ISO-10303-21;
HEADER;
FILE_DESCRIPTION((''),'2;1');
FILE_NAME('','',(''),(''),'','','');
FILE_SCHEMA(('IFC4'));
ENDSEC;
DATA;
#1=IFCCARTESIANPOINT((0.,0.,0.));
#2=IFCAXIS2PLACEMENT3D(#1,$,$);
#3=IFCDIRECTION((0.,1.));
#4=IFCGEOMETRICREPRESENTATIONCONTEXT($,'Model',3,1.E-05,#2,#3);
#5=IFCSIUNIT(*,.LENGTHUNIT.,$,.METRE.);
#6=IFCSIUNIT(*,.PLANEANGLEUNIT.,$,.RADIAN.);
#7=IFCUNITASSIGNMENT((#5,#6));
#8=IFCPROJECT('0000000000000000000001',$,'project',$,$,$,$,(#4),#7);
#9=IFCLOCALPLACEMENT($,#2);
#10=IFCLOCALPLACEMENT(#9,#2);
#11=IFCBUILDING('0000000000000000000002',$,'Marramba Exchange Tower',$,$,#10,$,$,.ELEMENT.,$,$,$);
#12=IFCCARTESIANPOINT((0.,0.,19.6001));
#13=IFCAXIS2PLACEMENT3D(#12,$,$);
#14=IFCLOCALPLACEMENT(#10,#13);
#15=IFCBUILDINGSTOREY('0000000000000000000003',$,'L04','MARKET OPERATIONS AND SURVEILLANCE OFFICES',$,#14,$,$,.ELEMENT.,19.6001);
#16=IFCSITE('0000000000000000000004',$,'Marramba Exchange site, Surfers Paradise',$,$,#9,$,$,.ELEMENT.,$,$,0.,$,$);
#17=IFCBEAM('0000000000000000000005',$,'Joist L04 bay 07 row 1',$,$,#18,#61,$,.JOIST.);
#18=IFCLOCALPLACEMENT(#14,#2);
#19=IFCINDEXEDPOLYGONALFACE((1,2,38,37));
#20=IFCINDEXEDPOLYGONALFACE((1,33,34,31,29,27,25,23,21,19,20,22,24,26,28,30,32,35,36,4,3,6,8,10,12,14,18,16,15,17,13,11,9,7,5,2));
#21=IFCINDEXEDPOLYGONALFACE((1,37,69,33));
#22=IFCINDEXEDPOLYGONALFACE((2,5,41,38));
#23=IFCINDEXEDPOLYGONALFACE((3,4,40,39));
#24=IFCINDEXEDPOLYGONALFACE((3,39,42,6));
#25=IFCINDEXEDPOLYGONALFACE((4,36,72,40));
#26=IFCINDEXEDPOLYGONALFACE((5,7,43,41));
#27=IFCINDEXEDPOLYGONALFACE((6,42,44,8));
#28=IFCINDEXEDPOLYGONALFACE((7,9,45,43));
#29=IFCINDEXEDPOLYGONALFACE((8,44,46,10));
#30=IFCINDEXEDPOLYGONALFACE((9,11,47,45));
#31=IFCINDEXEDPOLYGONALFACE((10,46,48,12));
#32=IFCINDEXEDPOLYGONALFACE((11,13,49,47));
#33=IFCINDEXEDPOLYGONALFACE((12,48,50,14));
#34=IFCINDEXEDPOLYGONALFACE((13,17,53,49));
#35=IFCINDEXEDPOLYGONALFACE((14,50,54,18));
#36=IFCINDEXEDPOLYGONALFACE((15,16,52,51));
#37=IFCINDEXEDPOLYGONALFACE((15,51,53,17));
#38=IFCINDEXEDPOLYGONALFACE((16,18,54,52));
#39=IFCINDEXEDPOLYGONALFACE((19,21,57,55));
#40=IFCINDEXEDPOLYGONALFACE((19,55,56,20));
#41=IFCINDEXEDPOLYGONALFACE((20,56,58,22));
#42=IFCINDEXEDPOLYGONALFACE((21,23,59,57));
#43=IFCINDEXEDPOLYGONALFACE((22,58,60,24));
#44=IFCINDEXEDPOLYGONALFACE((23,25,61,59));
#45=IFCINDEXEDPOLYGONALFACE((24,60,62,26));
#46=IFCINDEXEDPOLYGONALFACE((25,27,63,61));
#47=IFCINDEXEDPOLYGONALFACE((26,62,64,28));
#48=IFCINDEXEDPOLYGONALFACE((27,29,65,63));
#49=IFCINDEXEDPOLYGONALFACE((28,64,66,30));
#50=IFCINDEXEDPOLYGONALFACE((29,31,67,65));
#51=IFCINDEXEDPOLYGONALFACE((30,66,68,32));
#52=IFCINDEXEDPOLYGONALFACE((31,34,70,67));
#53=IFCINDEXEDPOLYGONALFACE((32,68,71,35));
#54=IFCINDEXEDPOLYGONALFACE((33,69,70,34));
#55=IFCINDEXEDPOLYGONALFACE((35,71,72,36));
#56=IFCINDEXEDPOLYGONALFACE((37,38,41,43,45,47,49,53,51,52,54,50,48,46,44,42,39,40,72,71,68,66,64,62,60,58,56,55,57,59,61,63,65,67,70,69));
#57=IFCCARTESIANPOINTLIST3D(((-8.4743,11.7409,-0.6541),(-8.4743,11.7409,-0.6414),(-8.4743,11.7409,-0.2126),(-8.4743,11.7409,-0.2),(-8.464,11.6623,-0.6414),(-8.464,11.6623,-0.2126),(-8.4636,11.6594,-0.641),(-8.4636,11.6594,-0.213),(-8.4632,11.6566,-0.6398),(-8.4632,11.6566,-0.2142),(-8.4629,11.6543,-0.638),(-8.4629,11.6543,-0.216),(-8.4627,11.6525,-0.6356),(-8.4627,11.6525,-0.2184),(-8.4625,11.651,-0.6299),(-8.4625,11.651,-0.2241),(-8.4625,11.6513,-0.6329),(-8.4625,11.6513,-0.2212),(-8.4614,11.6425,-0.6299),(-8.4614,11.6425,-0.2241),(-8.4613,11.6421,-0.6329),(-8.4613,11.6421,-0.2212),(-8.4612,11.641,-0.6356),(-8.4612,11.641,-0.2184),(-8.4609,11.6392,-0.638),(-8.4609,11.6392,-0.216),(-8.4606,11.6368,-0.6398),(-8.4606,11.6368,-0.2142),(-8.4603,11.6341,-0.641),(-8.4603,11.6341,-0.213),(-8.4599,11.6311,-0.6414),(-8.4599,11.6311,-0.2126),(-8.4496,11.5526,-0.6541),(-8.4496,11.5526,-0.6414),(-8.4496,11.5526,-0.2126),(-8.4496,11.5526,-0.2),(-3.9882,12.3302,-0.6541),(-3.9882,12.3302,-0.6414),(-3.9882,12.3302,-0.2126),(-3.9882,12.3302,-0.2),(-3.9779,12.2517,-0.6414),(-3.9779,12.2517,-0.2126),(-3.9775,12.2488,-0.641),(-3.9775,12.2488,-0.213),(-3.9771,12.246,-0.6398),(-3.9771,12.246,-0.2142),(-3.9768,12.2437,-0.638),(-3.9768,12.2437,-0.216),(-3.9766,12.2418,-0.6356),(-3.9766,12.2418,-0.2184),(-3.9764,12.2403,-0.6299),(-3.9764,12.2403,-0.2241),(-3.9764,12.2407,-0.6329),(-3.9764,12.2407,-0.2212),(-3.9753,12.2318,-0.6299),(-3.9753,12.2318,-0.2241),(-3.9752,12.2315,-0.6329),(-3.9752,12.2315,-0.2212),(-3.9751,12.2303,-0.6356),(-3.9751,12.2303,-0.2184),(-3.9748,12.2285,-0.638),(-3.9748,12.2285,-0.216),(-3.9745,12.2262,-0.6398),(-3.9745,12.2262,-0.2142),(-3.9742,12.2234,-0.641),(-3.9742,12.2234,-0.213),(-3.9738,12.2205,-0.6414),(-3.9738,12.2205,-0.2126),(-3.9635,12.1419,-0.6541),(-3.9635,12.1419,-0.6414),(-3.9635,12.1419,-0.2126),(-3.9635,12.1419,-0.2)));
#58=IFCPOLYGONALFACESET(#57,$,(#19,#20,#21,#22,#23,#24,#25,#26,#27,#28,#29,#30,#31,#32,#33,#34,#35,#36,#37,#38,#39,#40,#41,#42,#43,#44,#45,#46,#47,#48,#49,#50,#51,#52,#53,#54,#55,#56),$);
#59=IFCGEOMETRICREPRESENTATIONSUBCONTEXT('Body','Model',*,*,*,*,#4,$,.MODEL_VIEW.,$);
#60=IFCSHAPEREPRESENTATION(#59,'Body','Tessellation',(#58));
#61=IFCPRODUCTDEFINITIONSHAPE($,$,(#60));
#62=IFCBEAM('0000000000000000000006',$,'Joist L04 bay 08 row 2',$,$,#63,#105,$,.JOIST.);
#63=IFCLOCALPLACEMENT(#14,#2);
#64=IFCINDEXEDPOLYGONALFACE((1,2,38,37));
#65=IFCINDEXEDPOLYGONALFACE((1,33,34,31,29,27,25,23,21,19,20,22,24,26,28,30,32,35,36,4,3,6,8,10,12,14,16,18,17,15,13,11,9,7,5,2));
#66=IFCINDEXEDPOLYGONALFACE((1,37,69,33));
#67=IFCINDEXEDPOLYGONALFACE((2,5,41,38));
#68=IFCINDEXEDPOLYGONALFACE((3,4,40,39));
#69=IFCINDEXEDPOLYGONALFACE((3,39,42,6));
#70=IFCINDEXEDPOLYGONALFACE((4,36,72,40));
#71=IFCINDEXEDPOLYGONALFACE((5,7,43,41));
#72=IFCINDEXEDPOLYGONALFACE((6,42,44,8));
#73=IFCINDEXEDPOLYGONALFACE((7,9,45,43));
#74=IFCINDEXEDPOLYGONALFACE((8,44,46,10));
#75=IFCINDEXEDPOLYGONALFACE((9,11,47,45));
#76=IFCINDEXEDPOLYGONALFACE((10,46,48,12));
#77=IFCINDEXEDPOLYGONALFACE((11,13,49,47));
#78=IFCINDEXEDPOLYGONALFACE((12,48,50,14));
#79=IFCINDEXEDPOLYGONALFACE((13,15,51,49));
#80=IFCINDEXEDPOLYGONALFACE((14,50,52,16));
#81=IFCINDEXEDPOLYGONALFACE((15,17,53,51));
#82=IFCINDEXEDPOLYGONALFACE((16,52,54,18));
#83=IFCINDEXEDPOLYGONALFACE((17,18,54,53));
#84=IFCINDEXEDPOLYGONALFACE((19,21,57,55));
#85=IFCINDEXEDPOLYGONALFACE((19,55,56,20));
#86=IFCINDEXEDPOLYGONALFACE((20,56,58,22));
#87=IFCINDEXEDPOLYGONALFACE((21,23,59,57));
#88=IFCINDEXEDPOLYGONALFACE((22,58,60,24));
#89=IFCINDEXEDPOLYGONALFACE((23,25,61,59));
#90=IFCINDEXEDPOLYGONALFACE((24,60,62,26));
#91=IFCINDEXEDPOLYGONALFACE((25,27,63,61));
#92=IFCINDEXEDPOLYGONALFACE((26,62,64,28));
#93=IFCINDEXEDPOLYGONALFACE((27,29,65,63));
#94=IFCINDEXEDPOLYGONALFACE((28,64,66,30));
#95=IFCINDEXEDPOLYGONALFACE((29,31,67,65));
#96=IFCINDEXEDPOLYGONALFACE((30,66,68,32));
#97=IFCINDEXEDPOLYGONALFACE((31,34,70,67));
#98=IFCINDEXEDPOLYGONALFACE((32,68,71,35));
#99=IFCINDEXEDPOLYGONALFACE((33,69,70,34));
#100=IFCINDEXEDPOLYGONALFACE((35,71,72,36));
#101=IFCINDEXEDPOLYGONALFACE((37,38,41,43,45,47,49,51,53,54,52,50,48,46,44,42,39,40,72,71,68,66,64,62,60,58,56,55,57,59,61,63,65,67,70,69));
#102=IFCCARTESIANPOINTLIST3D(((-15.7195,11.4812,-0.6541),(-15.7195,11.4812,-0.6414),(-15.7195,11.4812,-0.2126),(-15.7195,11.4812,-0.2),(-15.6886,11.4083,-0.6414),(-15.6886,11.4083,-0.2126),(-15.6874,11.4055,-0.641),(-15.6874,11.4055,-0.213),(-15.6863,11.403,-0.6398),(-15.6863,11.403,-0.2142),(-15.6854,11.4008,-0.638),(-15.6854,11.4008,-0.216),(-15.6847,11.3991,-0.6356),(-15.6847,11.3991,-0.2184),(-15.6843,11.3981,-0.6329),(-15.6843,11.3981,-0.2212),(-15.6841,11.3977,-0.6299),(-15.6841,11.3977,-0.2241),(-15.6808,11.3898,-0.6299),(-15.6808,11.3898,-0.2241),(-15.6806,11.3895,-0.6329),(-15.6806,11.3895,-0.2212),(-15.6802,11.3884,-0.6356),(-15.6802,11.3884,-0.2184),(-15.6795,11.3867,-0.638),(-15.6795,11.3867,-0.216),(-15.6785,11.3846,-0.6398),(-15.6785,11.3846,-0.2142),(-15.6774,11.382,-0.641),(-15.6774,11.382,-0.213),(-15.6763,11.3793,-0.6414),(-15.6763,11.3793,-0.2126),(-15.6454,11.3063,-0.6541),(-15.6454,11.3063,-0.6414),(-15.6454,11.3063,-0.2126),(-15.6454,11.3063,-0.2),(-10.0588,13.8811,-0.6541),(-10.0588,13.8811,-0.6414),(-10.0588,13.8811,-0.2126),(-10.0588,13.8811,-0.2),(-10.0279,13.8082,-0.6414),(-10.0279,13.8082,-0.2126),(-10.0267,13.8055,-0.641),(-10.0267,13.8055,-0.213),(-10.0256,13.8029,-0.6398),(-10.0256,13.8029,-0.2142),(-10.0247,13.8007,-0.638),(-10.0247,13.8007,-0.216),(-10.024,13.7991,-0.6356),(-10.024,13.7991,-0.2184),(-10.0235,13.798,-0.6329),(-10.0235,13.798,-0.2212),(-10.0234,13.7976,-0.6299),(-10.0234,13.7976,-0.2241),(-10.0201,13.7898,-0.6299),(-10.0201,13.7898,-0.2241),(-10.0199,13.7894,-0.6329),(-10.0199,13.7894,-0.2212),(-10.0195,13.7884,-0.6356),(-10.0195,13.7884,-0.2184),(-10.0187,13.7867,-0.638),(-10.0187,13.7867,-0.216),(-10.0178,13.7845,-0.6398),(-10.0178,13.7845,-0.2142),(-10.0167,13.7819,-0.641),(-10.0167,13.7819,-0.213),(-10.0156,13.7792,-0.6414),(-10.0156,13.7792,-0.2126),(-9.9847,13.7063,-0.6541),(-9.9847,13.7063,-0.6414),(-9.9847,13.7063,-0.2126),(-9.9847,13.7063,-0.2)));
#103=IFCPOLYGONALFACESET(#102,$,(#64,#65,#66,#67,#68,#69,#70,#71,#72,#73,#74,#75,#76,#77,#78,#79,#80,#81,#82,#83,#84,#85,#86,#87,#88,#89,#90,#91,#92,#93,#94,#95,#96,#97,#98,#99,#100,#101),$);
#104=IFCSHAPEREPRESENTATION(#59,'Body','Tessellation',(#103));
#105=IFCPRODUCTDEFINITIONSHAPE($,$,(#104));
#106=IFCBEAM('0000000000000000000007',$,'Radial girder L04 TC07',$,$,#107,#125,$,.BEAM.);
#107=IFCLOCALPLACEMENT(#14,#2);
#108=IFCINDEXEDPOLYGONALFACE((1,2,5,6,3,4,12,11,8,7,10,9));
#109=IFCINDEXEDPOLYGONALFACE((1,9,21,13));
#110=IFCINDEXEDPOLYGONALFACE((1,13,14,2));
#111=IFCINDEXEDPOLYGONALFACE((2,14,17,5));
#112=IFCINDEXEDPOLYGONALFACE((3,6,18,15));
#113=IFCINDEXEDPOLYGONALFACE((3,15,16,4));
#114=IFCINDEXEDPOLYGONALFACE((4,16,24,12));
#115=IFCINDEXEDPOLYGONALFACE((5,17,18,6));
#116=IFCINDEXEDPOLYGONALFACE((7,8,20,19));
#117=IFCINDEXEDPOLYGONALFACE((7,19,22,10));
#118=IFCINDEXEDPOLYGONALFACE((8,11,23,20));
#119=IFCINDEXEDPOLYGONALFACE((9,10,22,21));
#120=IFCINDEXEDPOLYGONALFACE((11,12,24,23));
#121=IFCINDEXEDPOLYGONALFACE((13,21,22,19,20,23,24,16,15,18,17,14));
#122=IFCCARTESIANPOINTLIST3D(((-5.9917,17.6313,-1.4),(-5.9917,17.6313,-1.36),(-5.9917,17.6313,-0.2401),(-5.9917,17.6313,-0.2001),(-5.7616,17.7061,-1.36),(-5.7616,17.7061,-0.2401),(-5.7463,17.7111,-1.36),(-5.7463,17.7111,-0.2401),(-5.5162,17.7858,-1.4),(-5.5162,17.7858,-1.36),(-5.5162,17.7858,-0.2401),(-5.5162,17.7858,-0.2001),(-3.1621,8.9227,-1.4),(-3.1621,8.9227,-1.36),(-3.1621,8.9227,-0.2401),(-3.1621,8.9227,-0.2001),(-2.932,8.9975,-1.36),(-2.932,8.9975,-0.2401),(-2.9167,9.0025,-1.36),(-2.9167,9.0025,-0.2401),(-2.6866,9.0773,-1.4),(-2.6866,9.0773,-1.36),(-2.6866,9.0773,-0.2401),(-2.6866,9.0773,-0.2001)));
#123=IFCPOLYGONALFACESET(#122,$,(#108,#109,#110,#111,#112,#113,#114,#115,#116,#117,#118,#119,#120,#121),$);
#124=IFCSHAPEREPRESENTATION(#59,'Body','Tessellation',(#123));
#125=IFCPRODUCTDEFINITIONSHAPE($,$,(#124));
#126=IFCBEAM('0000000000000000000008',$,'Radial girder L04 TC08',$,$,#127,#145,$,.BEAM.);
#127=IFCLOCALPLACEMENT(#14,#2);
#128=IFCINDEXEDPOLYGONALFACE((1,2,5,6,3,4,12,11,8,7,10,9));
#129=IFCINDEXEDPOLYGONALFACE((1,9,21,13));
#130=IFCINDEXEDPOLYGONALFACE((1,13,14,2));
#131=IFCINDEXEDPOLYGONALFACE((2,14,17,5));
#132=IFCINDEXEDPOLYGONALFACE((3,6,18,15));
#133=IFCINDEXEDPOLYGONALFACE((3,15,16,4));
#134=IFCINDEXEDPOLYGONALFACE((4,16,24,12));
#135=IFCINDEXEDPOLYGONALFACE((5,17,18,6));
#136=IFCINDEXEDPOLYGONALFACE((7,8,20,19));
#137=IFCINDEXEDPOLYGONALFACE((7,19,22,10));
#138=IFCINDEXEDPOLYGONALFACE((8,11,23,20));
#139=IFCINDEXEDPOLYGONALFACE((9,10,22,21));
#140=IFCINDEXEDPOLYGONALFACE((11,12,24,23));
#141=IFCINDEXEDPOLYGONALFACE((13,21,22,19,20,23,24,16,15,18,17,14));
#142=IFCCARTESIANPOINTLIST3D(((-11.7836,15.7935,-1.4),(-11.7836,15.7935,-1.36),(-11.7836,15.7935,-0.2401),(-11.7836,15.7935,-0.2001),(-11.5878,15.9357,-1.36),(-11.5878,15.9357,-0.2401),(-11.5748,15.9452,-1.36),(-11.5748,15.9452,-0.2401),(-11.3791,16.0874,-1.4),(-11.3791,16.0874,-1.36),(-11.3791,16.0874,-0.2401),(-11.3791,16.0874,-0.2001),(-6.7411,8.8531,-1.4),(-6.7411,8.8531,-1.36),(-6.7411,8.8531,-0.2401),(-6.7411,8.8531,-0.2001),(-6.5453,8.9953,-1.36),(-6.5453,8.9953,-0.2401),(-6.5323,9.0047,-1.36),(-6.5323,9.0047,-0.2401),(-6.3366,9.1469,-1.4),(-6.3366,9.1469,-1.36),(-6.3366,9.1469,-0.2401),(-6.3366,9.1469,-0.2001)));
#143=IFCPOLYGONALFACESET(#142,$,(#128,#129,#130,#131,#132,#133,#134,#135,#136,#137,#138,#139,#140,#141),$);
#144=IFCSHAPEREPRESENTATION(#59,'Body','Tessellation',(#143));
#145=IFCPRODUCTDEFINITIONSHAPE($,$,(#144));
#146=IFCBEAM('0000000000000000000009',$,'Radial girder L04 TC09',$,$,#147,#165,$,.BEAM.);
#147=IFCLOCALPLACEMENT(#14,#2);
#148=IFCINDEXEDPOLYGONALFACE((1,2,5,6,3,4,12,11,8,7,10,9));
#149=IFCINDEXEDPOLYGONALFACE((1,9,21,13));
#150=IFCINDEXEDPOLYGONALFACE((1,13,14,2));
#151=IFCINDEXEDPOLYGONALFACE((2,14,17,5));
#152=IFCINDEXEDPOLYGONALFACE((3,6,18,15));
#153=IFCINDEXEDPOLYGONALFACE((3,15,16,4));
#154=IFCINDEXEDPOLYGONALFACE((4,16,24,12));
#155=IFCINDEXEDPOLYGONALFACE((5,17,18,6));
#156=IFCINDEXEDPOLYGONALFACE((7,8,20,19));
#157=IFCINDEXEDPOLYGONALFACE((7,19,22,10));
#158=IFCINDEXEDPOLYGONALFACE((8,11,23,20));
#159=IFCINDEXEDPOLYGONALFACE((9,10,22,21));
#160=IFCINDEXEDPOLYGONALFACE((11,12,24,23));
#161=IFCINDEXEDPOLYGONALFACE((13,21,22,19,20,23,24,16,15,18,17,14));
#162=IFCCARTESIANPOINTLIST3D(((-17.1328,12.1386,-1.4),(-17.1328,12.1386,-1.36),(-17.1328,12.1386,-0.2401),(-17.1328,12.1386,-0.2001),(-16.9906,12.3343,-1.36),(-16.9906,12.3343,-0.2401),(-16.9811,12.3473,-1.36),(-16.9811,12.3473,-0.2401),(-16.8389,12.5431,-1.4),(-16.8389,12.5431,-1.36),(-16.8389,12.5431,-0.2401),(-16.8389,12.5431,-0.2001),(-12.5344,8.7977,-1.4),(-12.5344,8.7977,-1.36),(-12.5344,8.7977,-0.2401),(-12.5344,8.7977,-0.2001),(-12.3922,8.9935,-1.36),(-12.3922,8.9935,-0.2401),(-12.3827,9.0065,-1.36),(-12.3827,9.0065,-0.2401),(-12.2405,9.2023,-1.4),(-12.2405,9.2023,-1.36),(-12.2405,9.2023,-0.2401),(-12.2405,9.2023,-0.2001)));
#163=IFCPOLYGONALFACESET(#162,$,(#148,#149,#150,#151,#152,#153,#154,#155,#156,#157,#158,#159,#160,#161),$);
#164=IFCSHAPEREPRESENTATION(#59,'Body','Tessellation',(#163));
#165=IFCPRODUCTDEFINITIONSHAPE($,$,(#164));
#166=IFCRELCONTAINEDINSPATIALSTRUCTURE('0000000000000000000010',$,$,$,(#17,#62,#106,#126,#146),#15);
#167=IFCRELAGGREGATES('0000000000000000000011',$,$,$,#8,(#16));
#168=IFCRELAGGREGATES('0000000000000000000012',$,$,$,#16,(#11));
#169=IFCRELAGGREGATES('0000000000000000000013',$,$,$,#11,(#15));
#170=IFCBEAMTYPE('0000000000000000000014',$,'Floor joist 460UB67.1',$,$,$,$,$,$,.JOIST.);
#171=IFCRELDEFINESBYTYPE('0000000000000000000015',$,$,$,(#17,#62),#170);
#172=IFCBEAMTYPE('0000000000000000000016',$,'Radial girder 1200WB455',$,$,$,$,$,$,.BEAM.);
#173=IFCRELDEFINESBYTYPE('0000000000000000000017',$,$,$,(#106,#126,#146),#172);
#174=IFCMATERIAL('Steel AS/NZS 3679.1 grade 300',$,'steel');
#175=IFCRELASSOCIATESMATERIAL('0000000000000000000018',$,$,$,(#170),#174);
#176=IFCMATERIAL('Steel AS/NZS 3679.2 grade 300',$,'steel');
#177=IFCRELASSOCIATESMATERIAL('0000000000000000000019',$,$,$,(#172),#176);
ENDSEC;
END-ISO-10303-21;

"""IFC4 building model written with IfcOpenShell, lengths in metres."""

from ifc_helpers import new_model, si_unit, direction, frame, origin, origin_2d, place, context, subcontext, project, spatial, i_section, extrude, material, material_profile, profile_set, type_object, element, save


model = new_model("IFC4")

# Units and contexts
model_context = context("Model", 3, precision=1e-05, world=origin(), true_north=direction((0.0, 1.0)))
body_context = subcontext(model_context, "Body", "Model", "MODEL_VIEW")
ifc_project = project(units=[si_unit("LENGTHUNIT", "METRE"), si_unit("PLANEANGLEUNIT", "RADIAN")], contexts=[model_context])

# Site, building, storey
site_placement = place(None, origin())
site = spatial("IfcSite", under=ifc_project, at=site_placement, Name="Marramba Exchange site, Surfers Paradise", CompositionType="ELEMENT", RefElevation=0.0)
building_placement = place(site_placement, origin())
building = spatial("IfcBuilding", under=site, at=building_placement, Name="Marramba Exchange Tower", CompositionType="ELEMENT")
storey_placement = place(building_placement, frame((0.0, 0.0, 19.6001)))
storey = spatial("IfcBuildingStorey", under=building, at=storey_placement, Name="L04", Description="MARKET OPERATIONS AND SURVEILLANCE OFFICES", CompositionType="ELEMENT", Elevation=19.6001)

# Beams
ifc_material_1 = material(Name="Steel AS/NZS 3679.1 grade 300", Category="steel")
ifc_material_profile_1 = material_profile(ifc_material_1, i_section(OverallWidth=0.1899, OverallDepth=0.4541, WebThickness=0.0085, FlangeThickness=0.0127, FilletRadius=0.0115, at=origin_2d()), Name="460UB67.1")
ifc_profile_set_1 = profile_set([ifc_material_profile_1], Name="Steel AS/NZS 3679.1 grade 300")
beam_type_1 = type_object("IfcBeamType", Name="Floor joist 460UB67.1", PredefinedType="JOIST", material=ifc_profile_set_1)
beam_1_placement = place(storey_placement, frame((-3.9758, 12.2361, -0.427), z_axis=(-0.991481, -0.130255, 0.0), x_axis=(0.130255, -0.991481, 0.0)))
element("IfcBeam", 1, at=beam_1_placement, inside=storey, type_object=beam_type_1, Name="Joist L04 bay 07 row 1", PredefinedType="JOIST", context=body_context, shape_type="SweptSolid", body=[
    extrude(i_section(OverallWidth=0.1899, OverallDepth=0.4541, WebThickness=0.0085, FlangeThickness=0.0127, FilletRadius=0.0115, at=origin_2d()), origin(), (0.0, 0.0, 1.0), 4.5247),
])
beam_2_placement = place(storey_placement, frame((-10.0217, 13.7937, -0.427), z_axis=(-0.920674, -0.390332, 0.0), x_axis=(0.390332, -0.920674, 0.0)))
element("IfcBeam", 2, at=beam_2_placement, inside=storey, type_object=beam_type_1, Name="Joist L04 bay 08 row 2", PredefinedType="JOIST", context=body_context, shape_type="SweptSolid", body=[
    extrude(i_section(OverallWidth=0.1899, OverallDepth=0.4541, WebThickness=0.0085, FlangeThickness=0.0127, FilletRadius=0.0115, at=origin_2d()), origin(), (0.0, 0.0, 1.0), 6.1484),
])
ifc_material_2 = material(Name="Steel AS/NZS 3679.2 grade 300", Category="steel")
ifc_material_profile_2 = material_profile(ifc_material_2, i_section(OverallWidth=0.5, OverallDepth=1.2, WebThickness=0.0161, FlangeThickness=0.04, at=origin_2d()), Name="1200WB455")
ifc_profile_set_2 = profile_set([ifc_material_profile_2], Name="Steel AS/NZS 3679.2 grade 300")
beam_type_2 = type_object("IfcBeamType", Name="Radial girder 1200WB455", PredefinedType="BEAM", material=ifc_profile_set_2)
beam_3_placement = place(storey_placement, frame((-2.9243, 9.0, -0.8), z_axis=(-0.30902, 0.951056, 0.0), x_axis=(-0.951056, -0.30902, 0.0)))
element("IfcBeam", 3, at=beam_3_placement, inside=storey, type_object=beam_type_2, Name="Radial girder L04 TC07", PredefinedType="BEAM", context=body_context, shape_type="SweptSolid", body=[
    extrude(i_section(OverallWidth=0.5, OverallDepth=1.2, WebThickness=0.0161, FlangeThickness=0.04, at=origin_2d()), origin(), (0.0, 0.0, 1.0), 9.1567),
])
beam_4_placement = place(storey_placement, frame((-6.5388, 9.0, -0.8), z_axis=(-0.587782, 0.809019, 0.0), x_axis=(-0.809019, -0.587782, 0.0)))
element("IfcBeam", 4, at=beam_4_placement, inside=storey, type_object=beam_type_2, Name="Radial girder L04 TC08", PredefinedType="BEAM", context=body_context, shape_type="SweptSolid", body=[
    extrude(i_section(OverallWidth=0.5, OverallDepth=1.2, WebThickness=0.0161, FlangeThickness=0.04, at=origin_2d()), origin(), (0.0, 0.0, 1.0), 8.5789),
])
beam_5_placement = place(storey_placement, frame((-12.3875, 9.0, -0.8), z_axis=(-0.809026, 0.587773, 0.0), x_axis=(-0.587773, -0.809026, 0.0)))
element("IfcBeam", 5, at=beam_5_placement, inside=storey, type_object=beam_type_2, Name="Radial girder L04 TC09", PredefinedType="BEAM", context=body_context, shape_type="SweptSolid", body=[
    extrude(i_section(OverallWidth=0.5, OverallDepth=1.2, WebThickness=0.0161, FlangeThickness=0.04, at=origin_2d()), origin(), (0.0, 0.0, 1.0), 5.6838),
])

save(model, "model.ifc")
